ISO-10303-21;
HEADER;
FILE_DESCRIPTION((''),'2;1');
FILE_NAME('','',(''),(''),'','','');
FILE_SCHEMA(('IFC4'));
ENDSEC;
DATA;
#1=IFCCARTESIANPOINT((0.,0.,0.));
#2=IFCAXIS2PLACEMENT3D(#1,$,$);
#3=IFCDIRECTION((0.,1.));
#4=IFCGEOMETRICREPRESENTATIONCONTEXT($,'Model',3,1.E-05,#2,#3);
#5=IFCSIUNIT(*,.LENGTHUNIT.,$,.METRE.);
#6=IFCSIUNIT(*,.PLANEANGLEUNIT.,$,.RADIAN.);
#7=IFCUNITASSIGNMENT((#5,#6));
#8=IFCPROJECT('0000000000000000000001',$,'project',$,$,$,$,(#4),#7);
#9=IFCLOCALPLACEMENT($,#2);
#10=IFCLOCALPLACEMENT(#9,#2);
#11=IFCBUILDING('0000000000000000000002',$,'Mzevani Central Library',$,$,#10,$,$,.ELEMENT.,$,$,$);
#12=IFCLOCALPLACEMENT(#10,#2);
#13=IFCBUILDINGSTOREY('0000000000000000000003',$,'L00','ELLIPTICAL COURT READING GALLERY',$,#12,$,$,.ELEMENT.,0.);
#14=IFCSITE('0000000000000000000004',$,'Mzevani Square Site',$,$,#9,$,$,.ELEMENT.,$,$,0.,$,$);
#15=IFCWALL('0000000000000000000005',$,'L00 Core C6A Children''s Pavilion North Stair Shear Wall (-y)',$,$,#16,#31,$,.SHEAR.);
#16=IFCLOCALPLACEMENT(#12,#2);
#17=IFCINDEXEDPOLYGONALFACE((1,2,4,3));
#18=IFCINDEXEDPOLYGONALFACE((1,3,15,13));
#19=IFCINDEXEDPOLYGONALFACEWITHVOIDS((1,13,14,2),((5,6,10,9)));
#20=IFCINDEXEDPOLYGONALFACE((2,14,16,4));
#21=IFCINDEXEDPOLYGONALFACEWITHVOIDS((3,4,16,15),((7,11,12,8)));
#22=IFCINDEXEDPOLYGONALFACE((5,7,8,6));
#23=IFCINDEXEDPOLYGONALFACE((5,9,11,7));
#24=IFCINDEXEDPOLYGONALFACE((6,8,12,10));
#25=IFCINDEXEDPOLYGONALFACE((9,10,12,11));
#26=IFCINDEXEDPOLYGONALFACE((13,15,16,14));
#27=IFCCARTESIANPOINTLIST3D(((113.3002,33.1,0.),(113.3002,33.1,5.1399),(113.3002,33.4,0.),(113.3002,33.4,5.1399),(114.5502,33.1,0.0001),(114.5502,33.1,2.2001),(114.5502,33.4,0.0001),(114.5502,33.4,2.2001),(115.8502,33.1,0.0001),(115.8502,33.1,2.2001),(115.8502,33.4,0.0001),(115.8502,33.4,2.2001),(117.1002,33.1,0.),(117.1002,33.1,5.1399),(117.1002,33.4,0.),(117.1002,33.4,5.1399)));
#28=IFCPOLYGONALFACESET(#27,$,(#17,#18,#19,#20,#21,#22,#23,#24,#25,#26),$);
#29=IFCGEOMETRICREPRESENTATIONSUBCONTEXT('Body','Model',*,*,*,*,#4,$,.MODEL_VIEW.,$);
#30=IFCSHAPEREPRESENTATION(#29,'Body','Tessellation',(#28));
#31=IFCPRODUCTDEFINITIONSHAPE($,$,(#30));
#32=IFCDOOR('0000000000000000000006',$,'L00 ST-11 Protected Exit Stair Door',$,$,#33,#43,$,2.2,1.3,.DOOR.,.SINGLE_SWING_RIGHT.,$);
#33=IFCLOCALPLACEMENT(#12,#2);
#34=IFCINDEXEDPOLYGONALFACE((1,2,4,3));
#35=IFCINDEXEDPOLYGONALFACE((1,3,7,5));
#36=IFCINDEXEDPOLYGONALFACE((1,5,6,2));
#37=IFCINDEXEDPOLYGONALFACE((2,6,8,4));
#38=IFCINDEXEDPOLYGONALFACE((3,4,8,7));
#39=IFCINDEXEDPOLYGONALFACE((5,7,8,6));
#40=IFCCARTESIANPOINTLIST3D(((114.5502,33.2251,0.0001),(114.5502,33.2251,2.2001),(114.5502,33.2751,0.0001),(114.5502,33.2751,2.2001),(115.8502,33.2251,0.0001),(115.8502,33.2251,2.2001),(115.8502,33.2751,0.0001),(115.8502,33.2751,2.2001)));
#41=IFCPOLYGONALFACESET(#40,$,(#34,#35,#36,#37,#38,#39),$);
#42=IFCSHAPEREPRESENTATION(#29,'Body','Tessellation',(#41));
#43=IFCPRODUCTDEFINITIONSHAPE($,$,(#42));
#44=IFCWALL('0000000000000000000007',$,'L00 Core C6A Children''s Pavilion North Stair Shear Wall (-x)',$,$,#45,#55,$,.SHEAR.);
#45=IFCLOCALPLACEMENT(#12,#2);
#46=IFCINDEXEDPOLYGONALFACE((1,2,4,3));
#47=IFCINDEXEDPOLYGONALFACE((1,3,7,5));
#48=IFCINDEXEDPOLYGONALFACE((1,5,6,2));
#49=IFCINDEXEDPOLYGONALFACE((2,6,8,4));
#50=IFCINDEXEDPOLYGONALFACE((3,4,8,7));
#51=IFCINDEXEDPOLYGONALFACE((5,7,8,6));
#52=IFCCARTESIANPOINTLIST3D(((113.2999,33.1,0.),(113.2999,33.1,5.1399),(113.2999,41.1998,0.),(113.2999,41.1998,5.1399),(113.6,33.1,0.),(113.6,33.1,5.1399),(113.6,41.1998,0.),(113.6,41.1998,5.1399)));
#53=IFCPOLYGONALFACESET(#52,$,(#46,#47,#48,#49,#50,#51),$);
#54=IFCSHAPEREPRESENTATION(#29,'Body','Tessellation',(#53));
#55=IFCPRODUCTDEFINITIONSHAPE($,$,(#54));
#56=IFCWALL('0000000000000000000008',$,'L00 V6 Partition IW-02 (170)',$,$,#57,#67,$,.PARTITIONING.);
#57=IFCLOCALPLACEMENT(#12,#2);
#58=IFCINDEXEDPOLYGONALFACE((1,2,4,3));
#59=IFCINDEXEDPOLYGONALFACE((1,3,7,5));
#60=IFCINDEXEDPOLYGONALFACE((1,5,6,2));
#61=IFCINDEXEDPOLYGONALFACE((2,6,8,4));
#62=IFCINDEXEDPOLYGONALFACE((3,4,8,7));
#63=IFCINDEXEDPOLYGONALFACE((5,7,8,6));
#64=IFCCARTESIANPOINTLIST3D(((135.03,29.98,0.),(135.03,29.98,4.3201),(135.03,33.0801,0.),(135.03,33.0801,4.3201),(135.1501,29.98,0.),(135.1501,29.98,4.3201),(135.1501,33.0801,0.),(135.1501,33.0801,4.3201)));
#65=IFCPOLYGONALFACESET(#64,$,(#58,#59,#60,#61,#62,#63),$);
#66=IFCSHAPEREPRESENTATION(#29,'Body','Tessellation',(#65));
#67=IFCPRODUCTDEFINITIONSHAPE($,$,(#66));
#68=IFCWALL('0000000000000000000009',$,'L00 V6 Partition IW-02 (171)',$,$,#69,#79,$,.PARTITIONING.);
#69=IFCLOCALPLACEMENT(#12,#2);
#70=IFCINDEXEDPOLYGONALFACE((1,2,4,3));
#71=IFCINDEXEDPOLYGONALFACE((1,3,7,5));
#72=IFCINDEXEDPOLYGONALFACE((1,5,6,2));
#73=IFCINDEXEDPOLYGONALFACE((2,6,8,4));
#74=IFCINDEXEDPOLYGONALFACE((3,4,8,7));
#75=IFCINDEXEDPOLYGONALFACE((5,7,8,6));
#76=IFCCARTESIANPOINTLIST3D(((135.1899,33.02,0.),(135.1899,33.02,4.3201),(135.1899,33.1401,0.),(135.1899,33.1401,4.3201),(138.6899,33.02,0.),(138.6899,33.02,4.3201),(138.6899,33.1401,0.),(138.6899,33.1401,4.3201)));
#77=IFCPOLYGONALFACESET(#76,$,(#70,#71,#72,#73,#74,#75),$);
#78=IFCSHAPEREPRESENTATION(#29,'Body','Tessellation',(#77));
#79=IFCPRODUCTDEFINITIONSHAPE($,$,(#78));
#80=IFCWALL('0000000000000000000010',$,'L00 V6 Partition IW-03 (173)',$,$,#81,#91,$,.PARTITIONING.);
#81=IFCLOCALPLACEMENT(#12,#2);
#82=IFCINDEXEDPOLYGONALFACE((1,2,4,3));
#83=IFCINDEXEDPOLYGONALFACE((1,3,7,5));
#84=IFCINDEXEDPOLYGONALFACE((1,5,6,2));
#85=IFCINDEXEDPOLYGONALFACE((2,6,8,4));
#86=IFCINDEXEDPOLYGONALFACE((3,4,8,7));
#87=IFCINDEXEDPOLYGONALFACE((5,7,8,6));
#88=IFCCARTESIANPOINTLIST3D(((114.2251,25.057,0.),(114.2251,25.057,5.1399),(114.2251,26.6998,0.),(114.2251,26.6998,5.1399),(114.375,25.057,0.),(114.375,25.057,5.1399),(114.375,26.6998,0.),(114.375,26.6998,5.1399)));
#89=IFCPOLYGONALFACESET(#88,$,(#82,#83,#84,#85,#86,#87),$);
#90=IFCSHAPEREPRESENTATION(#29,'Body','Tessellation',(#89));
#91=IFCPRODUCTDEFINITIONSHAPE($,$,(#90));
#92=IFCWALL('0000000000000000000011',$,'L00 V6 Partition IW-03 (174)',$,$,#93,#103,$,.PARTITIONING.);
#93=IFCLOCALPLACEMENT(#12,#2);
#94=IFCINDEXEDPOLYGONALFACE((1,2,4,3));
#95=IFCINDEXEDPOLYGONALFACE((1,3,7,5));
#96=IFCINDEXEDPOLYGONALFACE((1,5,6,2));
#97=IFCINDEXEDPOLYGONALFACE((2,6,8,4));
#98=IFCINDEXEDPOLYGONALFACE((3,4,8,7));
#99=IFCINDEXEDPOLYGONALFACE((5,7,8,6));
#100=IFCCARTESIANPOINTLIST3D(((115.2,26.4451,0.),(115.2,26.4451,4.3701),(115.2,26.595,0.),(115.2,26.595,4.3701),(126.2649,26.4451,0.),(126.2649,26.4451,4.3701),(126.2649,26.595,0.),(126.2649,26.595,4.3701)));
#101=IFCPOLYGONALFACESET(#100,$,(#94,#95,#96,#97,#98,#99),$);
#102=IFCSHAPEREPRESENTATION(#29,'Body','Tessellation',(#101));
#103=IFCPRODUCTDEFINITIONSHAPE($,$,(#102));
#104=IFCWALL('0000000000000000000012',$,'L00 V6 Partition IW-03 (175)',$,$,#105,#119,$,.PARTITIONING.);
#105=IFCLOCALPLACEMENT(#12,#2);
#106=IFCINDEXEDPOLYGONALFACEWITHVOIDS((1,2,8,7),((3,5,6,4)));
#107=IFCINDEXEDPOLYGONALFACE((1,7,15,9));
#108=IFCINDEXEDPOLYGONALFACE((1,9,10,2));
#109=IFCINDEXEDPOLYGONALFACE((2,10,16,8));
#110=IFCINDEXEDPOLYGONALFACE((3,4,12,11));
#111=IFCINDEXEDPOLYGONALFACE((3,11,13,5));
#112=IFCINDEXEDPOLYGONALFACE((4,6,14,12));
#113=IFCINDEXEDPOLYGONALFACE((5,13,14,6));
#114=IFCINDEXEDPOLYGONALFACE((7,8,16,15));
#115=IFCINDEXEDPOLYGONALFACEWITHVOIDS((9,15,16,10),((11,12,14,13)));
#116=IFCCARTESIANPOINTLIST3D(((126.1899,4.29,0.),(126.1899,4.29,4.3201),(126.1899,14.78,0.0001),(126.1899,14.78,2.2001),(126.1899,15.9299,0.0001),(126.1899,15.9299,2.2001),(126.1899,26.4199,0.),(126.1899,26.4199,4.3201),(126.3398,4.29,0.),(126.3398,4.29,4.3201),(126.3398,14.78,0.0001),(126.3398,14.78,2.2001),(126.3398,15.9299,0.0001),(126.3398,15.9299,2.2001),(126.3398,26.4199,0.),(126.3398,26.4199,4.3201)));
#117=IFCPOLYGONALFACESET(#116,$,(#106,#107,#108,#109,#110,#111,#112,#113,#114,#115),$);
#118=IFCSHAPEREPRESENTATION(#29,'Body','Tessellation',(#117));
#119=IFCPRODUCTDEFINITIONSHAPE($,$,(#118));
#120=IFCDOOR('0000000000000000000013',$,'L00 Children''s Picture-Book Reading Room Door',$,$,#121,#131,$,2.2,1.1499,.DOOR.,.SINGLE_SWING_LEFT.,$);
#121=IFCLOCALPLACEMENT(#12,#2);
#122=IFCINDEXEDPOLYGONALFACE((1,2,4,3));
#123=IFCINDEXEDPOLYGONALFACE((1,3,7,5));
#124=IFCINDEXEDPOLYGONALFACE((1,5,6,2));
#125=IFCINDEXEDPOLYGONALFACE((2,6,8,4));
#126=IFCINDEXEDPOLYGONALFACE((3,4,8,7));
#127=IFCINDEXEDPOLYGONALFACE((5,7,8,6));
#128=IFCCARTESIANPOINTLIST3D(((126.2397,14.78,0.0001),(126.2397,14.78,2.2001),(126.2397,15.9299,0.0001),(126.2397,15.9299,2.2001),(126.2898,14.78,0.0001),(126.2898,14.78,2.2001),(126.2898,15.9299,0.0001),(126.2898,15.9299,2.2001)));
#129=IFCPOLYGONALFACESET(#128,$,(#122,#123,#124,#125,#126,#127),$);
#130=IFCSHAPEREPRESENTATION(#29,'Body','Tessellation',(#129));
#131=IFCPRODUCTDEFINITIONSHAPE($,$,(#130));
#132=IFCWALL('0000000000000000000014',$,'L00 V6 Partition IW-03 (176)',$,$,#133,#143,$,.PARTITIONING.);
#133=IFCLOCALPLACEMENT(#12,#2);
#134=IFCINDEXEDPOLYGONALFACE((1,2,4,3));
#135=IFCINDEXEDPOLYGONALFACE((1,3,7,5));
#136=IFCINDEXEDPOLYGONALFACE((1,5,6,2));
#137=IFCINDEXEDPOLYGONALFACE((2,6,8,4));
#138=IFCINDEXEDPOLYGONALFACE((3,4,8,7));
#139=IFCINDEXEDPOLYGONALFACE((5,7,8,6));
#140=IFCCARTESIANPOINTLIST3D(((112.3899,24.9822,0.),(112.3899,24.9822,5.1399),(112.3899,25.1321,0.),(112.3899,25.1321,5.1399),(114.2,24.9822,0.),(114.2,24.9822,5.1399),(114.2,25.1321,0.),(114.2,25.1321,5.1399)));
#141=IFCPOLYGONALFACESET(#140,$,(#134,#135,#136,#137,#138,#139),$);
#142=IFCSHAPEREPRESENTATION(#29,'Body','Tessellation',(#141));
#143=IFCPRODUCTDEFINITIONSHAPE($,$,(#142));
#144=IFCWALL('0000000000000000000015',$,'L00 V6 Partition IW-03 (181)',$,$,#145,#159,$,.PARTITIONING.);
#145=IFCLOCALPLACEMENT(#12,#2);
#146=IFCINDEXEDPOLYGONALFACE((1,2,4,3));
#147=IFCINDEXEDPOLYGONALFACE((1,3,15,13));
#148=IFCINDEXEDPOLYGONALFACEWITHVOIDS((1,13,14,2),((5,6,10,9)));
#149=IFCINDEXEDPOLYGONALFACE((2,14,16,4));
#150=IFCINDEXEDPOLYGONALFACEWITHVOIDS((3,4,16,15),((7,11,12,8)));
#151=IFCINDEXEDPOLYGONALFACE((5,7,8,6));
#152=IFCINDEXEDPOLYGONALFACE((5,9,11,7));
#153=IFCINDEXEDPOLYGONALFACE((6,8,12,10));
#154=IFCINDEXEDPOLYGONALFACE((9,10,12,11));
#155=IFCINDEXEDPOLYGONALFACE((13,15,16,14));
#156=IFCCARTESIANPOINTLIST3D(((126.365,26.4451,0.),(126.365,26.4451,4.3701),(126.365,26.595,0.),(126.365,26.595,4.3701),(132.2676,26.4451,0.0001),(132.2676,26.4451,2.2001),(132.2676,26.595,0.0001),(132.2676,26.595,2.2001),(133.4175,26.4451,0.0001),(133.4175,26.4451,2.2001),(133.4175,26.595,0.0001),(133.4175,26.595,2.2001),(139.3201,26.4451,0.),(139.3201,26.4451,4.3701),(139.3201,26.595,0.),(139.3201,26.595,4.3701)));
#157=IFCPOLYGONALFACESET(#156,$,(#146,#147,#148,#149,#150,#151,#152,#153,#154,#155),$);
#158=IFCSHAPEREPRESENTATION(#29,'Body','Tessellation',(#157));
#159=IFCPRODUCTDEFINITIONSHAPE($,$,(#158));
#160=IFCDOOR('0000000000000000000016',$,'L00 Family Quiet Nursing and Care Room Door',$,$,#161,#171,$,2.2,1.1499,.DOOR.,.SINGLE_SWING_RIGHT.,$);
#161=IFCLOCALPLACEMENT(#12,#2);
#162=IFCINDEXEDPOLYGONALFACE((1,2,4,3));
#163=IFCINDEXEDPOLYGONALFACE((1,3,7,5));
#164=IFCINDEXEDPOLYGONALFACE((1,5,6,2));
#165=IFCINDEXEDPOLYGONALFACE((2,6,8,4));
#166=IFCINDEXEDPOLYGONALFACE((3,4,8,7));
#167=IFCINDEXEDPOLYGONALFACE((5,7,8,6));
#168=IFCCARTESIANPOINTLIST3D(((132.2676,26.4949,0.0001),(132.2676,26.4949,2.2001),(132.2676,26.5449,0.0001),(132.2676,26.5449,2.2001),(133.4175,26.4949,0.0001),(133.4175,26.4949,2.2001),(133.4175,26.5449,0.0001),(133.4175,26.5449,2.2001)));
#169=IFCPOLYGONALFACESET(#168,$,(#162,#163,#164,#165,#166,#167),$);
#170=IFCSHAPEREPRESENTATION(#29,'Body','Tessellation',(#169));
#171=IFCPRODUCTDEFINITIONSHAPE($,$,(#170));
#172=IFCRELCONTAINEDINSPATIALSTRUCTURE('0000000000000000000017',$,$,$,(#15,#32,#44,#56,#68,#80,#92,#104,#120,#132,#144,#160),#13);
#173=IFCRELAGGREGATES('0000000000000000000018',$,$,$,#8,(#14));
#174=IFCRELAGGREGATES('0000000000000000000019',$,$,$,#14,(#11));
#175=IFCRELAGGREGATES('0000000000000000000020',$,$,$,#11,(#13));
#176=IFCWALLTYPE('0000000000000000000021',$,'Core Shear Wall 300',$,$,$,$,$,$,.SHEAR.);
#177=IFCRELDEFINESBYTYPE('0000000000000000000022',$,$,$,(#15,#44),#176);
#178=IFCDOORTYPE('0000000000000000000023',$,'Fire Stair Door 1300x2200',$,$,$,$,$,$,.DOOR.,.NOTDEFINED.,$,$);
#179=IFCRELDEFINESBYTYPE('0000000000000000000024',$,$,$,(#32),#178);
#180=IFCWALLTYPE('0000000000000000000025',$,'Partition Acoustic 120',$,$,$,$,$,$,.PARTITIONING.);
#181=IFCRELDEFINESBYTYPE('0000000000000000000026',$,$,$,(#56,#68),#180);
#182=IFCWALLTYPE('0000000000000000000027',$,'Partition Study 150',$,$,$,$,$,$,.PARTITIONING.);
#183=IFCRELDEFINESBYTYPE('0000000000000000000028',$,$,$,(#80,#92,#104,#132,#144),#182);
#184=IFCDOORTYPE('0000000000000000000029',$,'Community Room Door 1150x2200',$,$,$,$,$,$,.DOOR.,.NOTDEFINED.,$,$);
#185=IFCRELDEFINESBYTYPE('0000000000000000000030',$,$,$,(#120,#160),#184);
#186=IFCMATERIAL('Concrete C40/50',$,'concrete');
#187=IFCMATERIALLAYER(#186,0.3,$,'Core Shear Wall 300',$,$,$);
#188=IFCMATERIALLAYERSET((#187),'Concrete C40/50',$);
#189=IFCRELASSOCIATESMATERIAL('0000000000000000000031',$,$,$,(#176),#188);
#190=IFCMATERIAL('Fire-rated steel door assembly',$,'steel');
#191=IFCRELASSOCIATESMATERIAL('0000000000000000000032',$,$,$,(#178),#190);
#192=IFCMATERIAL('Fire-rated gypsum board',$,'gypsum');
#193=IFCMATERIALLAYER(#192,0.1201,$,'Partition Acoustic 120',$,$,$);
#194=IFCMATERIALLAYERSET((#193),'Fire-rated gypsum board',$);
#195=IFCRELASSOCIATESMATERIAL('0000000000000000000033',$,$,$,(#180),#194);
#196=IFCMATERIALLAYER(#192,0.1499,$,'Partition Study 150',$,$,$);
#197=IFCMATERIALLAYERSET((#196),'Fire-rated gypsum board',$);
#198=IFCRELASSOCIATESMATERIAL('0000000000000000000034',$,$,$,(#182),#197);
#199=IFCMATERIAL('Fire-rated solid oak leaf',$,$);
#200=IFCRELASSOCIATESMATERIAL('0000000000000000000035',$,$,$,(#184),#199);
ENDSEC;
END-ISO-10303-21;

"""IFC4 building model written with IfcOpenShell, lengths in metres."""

from ifc_helpers import new_model, si_unit, direction, frame, frame_2d, origin, place, context, subcontext, project, spatial, rectangle, extrude, material, layer, layer_set, type_object, element, fill, save


model = new_model("IFC4")

# Units and contexts
model_context = context("Model", 3, precision=1e-05, world=origin(), true_north=direction((0.0, 1.0)))
body_context = subcontext(model_context, "Body", "Model", "MODEL_VIEW")
ifc_project = project(units=[si_unit("LENGTHUNIT", "METRE"), si_unit("PLANEANGLEUNIT", "RADIAN")], contexts=[model_context])

# Site, building, storey
site_placement = place(None, origin())
site = spatial("IfcSite", under=ifc_project, at=site_placement, Name="Mzevani Square Site", CompositionType="ELEMENT", RefElevation=0.0)
building_placement = place(site_placement, origin())
building = spatial("IfcBuilding", under=site, at=building_placement, Name="Mzevani Central Library", CompositionType="ELEMENT")
storey_placement = place(building_placement, origin())
storey = spatial("IfcBuildingStorey", under=building, at=storey_placement, Name="L00", Description="ELLIPTICAL COURT READING GALLERY", CompositionType="ELEMENT", Elevation=0.0)

# Shared definitions
ifc_material_1 = material(Name="Concrete C40/50", Category="concrete")

# Shared definitions
ifc_material_2 = material(Name="Fire-rated steel door assembly", Category="steel")

# Wall, opening, door
ifc_layer_1 = layer(ifc_material_1, 0.3, Name="Core Shear Wall 300")
ifc_layer_set_1 = layer_set([ifc_layer_1], Name="Concrete C40/50")
wall_type_1 = type_object("IfcWallType", Name="Core Shear Wall 300", PredefinedType="SHEAR", material=ifc_layer_set_1)
wall_1_placement = place(storey_placement, frame((117.1001, 33.25, 0.0), z_axis=(0.0, 0.0, 1.0), x_axis=(-1.0, 0.0, 0.0)))
wall_1 = element("IfcWall", 1, at=wall_1_placement, inside=storey, type_object=wall_type_1, Name="L00 Core C6A Children's Pavilion North Stair Shear Wall (-y)", PredefinedType="SHEAR", context=body_context, shape_type="SweptSolid", body=[
    extrude(rectangle(XDim=3.8, YDim=0.3, at=frame_2d((1.8999, 0.0))), origin(), (0.0, 0.0, 1.0), 5.1399),
])
opening_1_placement = place(wall_1_placement, frame((1.25, 0.0, 0.0)))
opening_1 = element("IfcOpeningElement", 2, at=opening_1_placement, cuts=wall_1, PredefinedType="OPENING", context=body_context, shape_type="SweptSolid", body=[
    extrude(rectangle(XDim=1.3, YDim=2.2, at=frame_2d((0.6499, 1.1001))), frame((0.0, 0.1602, 0.0), z_axis=(0.0, -1.0, 0.0), x_axis=(1.0, 0.0, 0.0)), (0.0, 0.0, 1.0), 0.3201),
])
door_type_1 = type_object("IfcDoorType", Name="Fire Stair Door 1300x2200", OperationType="NOTDEFINED", PredefinedType="DOOR", material=ifc_material_2)
door_1_placement = place(opening_1_placement, origin())
door_1 = element("IfcDoor", 3, at=door_1_placement, inside=storey, type_object=door_type_1, Name="L00 ST-11 Protected Exit Stair Door", OperationType="SINGLE_SWING_RIGHT", OverallHeight=2.2, OverallWidth=1.3, PredefinedType="DOOR", context=body_context, shape_type="SweptSolid", body=[
    extrude(rectangle(XDim=1.3, YDim=2.2, at=frame_2d((0.6499, 1.1001))), frame((0.0, 0.0249, 0.0), z_axis=(0.0, -1.0, 0.0), x_axis=(1.0, 0.0, 0.0)), (0.0, 0.0, 1.0), 0.05),
])
fill(opening_1, door_1)

# Walls
wall_2_placement = place(storey_placement, frame((113.45, 33.1001, 0.0), z_axis=(0.0, 0.0, 1.0), x_axis=(0.0, 1.0, 0.0)))
element("IfcWall", 4, at=wall_2_placement, inside=storey, type_object=wall_type_1, Name="L00 Core C6A Children's Pavilion North Stair Shear Wall (-x)", PredefinedType="SHEAR", context=body_context, shape_type="SweptSolid", body=[
    extrude(rectangle(XDim=8.0999, YDim=0.3, at=frame_2d((4.0498, 0.0))), origin(), (0.0, 0.0, 1.0), 5.1399),
])
ifc_material_3 = material(Name="Fire-rated gypsum board", Category="gypsum")
ifc_layer_2 = layer(ifc_material_3, 0.1201, Name="Partition Acoustic 120")
ifc_layer_set_2 = layer_set([ifc_layer_2], Name="Fire-rated gypsum board")
wall_type_2 = type_object("IfcWallType", Name="Partition Acoustic 120", PredefinedType="PARTITIONING", material=ifc_layer_set_2)
wall_3_placement = place(storey_placement, frame((135.0901, 29.98, 0.0), z_axis=(0.0, 0.0, 1.0), x_axis=(0.0, 1.0, 0.0)))
element("IfcWall", 5, at=wall_3_placement, inside=storey, type_object=wall_type_2, Name="L00 V6 Partition IW-02 (170)", PredefinedType="PARTITIONING", context=body_context, shape_type="SweptSolid", body=[
    extrude(rectangle(XDim=3.1001, YDim=0.1201, at=frame_2d((1.55, 0.0))), origin(), (0.0, 0.0, 1.0), 4.3201),
])
wall_4_placement = place(storey_placement, frame((135.1899, 33.0801, 0.0), z_axis=(0.0, 0.0, 1.0), x_axis=(1.0, 0.0, 0.0)))
element("IfcWall", 6, at=wall_4_placement, inside=storey, type_object=wall_type_2, Name="L00 V6 Partition IW-02 (171)", PredefinedType="PARTITIONING", context=body_context, shape_type="SweptSolid", body=[
    extrude(rectangle(XDim=3.5, YDim=0.1201, at=frame_2d((1.75, 0.0))), origin(), (0.0, 0.0, 1.0), 4.3201),
])
ifc_layer_3 = layer(ifc_material_3, 0.1499, Name="Partition Study 150")
ifc_layer_set_3 = layer_set([ifc_layer_3], Name="Fire-rated gypsum board")
wall_type_3 = type_object("IfcWallType", Name="Partition Study 150", PredefinedType="PARTITIONING", material=ifc_layer_set_3)
wall_5_placement = place(storey_placement, frame((114.3, 25.0571, 0.0), z_axis=(0.0, 0.0, 1.0), x_axis=(0.0, 1.0, 0.0)))
element("IfcWall", 7, at=wall_5_placement, inside=storey, type_object=wall_type_3, Name="L00 V6 Partition IW-03 (173)", PredefinedType="PARTITIONING", context=body_context, shape_type="SweptSolid", body=[
    extrude(rectangle(XDim=1.6428, YDim=0.1499, at=frame_2d((0.8213, 0.0))), origin(), (0.0, 0.0, 1.0), 5.1399),
])
wall_6_placement = place(storey_placement, frame((115.2, 26.52, 0.0), z_axis=(0.0, 0.0, 1.0), x_axis=(1.0, 0.0, 0.0)))
element("IfcWall", 8, at=wall_6_placement, inside=storey, type_object=wall_type_3, Name="L00 V6 Partition IW-03 (174)", PredefinedType="PARTITIONING", context=body_context, shape_type="SweptSolid", body=[
    extrude(rectangle(XDim=11.0649, YDim=0.1499, at=frame_2d((5.5325, 0.0))), origin(), (0.0, 0.0, 1.0), 4.3701),
])

# Wall, opening, door
wall_7_placement = place(storey_placement, frame((126.2649, 26.4199, 0.0), z_axis=(0.0, 0.0, 1.0), x_axis=(0.0, -1.0, 0.0)))
wall_7 = element("IfcWall", 9, at=wall_7_placement, inside=storey, type_object=wall_type_3, Name="L00 V6 Partition IW-03 (175)", PredefinedType="PARTITIONING", context=body_context, shape_type="SweptSolid", body=[
    extrude(rectangle(XDim=22.1299, YDim=0.1499, at=frame_2d((11.0649, 0.0))), origin(), (0.0, 0.0, 1.0), 4.3201),
])
opening_2_placement = place(wall_7_placement, frame((10.49, 0.0, 0.0)))
opening_2 = element("IfcOpeningElement", 10, at=opening_2_placement, cuts=wall_7, PredefinedType="OPENING", context=body_context, shape_type="SweptSolid", body=[
    extrude(rectangle(XDim=1.1499, YDim=2.2, at=frame_2d((0.575, 1.1001))), frame((0.0, 0.085, 0.0), z_axis=(0.0, -1.0, 0.0), x_axis=(1.0, 0.0, 0.0)), (0.0, 0.0, 1.0), 0.1699),
])
ifc_material_4 = material(Name="Fire-rated solid oak leaf")
door_type_2 = type_object("IfcDoorType", Name="Community Room Door 1150x2200", OperationType="NOTDEFINED", PredefinedType="DOOR", material=ifc_material_4)
door_2_placement = place(opening_2_placement, origin())
door_2 = element("IfcDoor", 11, at=door_2_placement, inside=storey, type_object=door_type_2, Name="L00 Children's Picture-Book Reading Room Door", OperationType="SINGLE_SWING_LEFT", OverallHeight=2.2, OverallWidth=1.1499, PredefinedType="DOOR", context=body_context, shape_type="SweptSolid", body=[
    extrude(rectangle(XDim=1.1499, YDim=2.2, at=frame_2d((0.575, 1.1001))), frame((0.0, 0.0249, 0.0), z_axis=(0.0, -1.0, 0.0), x_axis=(1.0, 0.0, 0.0)), (0.0, 0.0, 1.0), 0.05),
])
fill(opening_2, door_2)

# Wall
wall_8_placement = place(storey_placement, frame((112.3899, 25.0571, 0.0), z_axis=(0.0, 0.0, 1.0), x_axis=(1.0, 0.0, 0.0)))
element("IfcWall", 12, at=wall_8_placement, inside=storey, type_object=wall_type_3, Name="L00 V6 Partition IW-03 (176)", PredefinedType="PARTITIONING", context=body_context, shape_type="SweptSolid", body=[
    extrude(rectangle(XDim=1.8101, YDim=0.1499, at=frame_2d((0.905, 0.0))), origin(), (0.0, 0.0, 1.0), 5.1399),
])

# Wall, opening, door
wall_9_placement = place(storey_placement, frame((126.365, 26.52, 0.0), z_axis=(0.0, 0.0, 1.0), x_axis=(1.0, 0.0, 0.0)))
wall_9 = element("IfcWall", 13, at=wall_9_placement, inside=storey, type_object=wall_type_3, Name="L00 V6 Partition IW-03 (181)", PredefinedType="PARTITIONING", context=body_context, shape_type="SweptSolid", body=[
    extrude(rectangle(XDim=12.9551, YDim=0.1499, at=frame_2d((6.4775, 0.0))), origin(), (0.0, 0.0, 1.0), 4.3701),
])
opening_3_placement = place(wall_9_placement, frame((5.9026, 0.0, 0.0)))
opening_3 = element("IfcOpeningElement", 14, at=opening_3_placement, cuts=wall_9, PredefinedType="OPENING", context=body_context, shape_type="SweptSolid", body=[
    extrude(rectangle(XDim=1.1499, YDim=2.2, at=frame_2d((0.575, 1.1001))), frame((0.0, 0.085, 0.0), z_axis=(0.0, -1.0, 0.0), x_axis=(1.0, 0.0, 0.0)), (0.0, 0.0, 1.0), 0.1699),
])
door_3_placement = place(opening_3_placement, origin())
door_3 = element("IfcDoor", 15, at=door_3_placement, inside=storey, type_object=door_type_2, Name="L00 Family Quiet Nursing and Care Room Door", OperationType="SINGLE_SWING_RIGHT", OverallHeight=2.2, OverallWidth=1.1499, PredefinedType="DOOR", context=body_context, shape_type="SweptSolid", body=[
    extrude(rectangle(XDim=1.1499, YDim=2.2, at=frame_2d((0.575, 1.1001))), frame((0.0, 0.0249, 0.0), z_axis=(0.0, -1.0, 0.0), x_axis=(1.0, 0.0, 0.0)), (0.0, 0.0, 1.0), 0.05),
])
fill(opening_3, door_3)

save(model, "model.ifc")
